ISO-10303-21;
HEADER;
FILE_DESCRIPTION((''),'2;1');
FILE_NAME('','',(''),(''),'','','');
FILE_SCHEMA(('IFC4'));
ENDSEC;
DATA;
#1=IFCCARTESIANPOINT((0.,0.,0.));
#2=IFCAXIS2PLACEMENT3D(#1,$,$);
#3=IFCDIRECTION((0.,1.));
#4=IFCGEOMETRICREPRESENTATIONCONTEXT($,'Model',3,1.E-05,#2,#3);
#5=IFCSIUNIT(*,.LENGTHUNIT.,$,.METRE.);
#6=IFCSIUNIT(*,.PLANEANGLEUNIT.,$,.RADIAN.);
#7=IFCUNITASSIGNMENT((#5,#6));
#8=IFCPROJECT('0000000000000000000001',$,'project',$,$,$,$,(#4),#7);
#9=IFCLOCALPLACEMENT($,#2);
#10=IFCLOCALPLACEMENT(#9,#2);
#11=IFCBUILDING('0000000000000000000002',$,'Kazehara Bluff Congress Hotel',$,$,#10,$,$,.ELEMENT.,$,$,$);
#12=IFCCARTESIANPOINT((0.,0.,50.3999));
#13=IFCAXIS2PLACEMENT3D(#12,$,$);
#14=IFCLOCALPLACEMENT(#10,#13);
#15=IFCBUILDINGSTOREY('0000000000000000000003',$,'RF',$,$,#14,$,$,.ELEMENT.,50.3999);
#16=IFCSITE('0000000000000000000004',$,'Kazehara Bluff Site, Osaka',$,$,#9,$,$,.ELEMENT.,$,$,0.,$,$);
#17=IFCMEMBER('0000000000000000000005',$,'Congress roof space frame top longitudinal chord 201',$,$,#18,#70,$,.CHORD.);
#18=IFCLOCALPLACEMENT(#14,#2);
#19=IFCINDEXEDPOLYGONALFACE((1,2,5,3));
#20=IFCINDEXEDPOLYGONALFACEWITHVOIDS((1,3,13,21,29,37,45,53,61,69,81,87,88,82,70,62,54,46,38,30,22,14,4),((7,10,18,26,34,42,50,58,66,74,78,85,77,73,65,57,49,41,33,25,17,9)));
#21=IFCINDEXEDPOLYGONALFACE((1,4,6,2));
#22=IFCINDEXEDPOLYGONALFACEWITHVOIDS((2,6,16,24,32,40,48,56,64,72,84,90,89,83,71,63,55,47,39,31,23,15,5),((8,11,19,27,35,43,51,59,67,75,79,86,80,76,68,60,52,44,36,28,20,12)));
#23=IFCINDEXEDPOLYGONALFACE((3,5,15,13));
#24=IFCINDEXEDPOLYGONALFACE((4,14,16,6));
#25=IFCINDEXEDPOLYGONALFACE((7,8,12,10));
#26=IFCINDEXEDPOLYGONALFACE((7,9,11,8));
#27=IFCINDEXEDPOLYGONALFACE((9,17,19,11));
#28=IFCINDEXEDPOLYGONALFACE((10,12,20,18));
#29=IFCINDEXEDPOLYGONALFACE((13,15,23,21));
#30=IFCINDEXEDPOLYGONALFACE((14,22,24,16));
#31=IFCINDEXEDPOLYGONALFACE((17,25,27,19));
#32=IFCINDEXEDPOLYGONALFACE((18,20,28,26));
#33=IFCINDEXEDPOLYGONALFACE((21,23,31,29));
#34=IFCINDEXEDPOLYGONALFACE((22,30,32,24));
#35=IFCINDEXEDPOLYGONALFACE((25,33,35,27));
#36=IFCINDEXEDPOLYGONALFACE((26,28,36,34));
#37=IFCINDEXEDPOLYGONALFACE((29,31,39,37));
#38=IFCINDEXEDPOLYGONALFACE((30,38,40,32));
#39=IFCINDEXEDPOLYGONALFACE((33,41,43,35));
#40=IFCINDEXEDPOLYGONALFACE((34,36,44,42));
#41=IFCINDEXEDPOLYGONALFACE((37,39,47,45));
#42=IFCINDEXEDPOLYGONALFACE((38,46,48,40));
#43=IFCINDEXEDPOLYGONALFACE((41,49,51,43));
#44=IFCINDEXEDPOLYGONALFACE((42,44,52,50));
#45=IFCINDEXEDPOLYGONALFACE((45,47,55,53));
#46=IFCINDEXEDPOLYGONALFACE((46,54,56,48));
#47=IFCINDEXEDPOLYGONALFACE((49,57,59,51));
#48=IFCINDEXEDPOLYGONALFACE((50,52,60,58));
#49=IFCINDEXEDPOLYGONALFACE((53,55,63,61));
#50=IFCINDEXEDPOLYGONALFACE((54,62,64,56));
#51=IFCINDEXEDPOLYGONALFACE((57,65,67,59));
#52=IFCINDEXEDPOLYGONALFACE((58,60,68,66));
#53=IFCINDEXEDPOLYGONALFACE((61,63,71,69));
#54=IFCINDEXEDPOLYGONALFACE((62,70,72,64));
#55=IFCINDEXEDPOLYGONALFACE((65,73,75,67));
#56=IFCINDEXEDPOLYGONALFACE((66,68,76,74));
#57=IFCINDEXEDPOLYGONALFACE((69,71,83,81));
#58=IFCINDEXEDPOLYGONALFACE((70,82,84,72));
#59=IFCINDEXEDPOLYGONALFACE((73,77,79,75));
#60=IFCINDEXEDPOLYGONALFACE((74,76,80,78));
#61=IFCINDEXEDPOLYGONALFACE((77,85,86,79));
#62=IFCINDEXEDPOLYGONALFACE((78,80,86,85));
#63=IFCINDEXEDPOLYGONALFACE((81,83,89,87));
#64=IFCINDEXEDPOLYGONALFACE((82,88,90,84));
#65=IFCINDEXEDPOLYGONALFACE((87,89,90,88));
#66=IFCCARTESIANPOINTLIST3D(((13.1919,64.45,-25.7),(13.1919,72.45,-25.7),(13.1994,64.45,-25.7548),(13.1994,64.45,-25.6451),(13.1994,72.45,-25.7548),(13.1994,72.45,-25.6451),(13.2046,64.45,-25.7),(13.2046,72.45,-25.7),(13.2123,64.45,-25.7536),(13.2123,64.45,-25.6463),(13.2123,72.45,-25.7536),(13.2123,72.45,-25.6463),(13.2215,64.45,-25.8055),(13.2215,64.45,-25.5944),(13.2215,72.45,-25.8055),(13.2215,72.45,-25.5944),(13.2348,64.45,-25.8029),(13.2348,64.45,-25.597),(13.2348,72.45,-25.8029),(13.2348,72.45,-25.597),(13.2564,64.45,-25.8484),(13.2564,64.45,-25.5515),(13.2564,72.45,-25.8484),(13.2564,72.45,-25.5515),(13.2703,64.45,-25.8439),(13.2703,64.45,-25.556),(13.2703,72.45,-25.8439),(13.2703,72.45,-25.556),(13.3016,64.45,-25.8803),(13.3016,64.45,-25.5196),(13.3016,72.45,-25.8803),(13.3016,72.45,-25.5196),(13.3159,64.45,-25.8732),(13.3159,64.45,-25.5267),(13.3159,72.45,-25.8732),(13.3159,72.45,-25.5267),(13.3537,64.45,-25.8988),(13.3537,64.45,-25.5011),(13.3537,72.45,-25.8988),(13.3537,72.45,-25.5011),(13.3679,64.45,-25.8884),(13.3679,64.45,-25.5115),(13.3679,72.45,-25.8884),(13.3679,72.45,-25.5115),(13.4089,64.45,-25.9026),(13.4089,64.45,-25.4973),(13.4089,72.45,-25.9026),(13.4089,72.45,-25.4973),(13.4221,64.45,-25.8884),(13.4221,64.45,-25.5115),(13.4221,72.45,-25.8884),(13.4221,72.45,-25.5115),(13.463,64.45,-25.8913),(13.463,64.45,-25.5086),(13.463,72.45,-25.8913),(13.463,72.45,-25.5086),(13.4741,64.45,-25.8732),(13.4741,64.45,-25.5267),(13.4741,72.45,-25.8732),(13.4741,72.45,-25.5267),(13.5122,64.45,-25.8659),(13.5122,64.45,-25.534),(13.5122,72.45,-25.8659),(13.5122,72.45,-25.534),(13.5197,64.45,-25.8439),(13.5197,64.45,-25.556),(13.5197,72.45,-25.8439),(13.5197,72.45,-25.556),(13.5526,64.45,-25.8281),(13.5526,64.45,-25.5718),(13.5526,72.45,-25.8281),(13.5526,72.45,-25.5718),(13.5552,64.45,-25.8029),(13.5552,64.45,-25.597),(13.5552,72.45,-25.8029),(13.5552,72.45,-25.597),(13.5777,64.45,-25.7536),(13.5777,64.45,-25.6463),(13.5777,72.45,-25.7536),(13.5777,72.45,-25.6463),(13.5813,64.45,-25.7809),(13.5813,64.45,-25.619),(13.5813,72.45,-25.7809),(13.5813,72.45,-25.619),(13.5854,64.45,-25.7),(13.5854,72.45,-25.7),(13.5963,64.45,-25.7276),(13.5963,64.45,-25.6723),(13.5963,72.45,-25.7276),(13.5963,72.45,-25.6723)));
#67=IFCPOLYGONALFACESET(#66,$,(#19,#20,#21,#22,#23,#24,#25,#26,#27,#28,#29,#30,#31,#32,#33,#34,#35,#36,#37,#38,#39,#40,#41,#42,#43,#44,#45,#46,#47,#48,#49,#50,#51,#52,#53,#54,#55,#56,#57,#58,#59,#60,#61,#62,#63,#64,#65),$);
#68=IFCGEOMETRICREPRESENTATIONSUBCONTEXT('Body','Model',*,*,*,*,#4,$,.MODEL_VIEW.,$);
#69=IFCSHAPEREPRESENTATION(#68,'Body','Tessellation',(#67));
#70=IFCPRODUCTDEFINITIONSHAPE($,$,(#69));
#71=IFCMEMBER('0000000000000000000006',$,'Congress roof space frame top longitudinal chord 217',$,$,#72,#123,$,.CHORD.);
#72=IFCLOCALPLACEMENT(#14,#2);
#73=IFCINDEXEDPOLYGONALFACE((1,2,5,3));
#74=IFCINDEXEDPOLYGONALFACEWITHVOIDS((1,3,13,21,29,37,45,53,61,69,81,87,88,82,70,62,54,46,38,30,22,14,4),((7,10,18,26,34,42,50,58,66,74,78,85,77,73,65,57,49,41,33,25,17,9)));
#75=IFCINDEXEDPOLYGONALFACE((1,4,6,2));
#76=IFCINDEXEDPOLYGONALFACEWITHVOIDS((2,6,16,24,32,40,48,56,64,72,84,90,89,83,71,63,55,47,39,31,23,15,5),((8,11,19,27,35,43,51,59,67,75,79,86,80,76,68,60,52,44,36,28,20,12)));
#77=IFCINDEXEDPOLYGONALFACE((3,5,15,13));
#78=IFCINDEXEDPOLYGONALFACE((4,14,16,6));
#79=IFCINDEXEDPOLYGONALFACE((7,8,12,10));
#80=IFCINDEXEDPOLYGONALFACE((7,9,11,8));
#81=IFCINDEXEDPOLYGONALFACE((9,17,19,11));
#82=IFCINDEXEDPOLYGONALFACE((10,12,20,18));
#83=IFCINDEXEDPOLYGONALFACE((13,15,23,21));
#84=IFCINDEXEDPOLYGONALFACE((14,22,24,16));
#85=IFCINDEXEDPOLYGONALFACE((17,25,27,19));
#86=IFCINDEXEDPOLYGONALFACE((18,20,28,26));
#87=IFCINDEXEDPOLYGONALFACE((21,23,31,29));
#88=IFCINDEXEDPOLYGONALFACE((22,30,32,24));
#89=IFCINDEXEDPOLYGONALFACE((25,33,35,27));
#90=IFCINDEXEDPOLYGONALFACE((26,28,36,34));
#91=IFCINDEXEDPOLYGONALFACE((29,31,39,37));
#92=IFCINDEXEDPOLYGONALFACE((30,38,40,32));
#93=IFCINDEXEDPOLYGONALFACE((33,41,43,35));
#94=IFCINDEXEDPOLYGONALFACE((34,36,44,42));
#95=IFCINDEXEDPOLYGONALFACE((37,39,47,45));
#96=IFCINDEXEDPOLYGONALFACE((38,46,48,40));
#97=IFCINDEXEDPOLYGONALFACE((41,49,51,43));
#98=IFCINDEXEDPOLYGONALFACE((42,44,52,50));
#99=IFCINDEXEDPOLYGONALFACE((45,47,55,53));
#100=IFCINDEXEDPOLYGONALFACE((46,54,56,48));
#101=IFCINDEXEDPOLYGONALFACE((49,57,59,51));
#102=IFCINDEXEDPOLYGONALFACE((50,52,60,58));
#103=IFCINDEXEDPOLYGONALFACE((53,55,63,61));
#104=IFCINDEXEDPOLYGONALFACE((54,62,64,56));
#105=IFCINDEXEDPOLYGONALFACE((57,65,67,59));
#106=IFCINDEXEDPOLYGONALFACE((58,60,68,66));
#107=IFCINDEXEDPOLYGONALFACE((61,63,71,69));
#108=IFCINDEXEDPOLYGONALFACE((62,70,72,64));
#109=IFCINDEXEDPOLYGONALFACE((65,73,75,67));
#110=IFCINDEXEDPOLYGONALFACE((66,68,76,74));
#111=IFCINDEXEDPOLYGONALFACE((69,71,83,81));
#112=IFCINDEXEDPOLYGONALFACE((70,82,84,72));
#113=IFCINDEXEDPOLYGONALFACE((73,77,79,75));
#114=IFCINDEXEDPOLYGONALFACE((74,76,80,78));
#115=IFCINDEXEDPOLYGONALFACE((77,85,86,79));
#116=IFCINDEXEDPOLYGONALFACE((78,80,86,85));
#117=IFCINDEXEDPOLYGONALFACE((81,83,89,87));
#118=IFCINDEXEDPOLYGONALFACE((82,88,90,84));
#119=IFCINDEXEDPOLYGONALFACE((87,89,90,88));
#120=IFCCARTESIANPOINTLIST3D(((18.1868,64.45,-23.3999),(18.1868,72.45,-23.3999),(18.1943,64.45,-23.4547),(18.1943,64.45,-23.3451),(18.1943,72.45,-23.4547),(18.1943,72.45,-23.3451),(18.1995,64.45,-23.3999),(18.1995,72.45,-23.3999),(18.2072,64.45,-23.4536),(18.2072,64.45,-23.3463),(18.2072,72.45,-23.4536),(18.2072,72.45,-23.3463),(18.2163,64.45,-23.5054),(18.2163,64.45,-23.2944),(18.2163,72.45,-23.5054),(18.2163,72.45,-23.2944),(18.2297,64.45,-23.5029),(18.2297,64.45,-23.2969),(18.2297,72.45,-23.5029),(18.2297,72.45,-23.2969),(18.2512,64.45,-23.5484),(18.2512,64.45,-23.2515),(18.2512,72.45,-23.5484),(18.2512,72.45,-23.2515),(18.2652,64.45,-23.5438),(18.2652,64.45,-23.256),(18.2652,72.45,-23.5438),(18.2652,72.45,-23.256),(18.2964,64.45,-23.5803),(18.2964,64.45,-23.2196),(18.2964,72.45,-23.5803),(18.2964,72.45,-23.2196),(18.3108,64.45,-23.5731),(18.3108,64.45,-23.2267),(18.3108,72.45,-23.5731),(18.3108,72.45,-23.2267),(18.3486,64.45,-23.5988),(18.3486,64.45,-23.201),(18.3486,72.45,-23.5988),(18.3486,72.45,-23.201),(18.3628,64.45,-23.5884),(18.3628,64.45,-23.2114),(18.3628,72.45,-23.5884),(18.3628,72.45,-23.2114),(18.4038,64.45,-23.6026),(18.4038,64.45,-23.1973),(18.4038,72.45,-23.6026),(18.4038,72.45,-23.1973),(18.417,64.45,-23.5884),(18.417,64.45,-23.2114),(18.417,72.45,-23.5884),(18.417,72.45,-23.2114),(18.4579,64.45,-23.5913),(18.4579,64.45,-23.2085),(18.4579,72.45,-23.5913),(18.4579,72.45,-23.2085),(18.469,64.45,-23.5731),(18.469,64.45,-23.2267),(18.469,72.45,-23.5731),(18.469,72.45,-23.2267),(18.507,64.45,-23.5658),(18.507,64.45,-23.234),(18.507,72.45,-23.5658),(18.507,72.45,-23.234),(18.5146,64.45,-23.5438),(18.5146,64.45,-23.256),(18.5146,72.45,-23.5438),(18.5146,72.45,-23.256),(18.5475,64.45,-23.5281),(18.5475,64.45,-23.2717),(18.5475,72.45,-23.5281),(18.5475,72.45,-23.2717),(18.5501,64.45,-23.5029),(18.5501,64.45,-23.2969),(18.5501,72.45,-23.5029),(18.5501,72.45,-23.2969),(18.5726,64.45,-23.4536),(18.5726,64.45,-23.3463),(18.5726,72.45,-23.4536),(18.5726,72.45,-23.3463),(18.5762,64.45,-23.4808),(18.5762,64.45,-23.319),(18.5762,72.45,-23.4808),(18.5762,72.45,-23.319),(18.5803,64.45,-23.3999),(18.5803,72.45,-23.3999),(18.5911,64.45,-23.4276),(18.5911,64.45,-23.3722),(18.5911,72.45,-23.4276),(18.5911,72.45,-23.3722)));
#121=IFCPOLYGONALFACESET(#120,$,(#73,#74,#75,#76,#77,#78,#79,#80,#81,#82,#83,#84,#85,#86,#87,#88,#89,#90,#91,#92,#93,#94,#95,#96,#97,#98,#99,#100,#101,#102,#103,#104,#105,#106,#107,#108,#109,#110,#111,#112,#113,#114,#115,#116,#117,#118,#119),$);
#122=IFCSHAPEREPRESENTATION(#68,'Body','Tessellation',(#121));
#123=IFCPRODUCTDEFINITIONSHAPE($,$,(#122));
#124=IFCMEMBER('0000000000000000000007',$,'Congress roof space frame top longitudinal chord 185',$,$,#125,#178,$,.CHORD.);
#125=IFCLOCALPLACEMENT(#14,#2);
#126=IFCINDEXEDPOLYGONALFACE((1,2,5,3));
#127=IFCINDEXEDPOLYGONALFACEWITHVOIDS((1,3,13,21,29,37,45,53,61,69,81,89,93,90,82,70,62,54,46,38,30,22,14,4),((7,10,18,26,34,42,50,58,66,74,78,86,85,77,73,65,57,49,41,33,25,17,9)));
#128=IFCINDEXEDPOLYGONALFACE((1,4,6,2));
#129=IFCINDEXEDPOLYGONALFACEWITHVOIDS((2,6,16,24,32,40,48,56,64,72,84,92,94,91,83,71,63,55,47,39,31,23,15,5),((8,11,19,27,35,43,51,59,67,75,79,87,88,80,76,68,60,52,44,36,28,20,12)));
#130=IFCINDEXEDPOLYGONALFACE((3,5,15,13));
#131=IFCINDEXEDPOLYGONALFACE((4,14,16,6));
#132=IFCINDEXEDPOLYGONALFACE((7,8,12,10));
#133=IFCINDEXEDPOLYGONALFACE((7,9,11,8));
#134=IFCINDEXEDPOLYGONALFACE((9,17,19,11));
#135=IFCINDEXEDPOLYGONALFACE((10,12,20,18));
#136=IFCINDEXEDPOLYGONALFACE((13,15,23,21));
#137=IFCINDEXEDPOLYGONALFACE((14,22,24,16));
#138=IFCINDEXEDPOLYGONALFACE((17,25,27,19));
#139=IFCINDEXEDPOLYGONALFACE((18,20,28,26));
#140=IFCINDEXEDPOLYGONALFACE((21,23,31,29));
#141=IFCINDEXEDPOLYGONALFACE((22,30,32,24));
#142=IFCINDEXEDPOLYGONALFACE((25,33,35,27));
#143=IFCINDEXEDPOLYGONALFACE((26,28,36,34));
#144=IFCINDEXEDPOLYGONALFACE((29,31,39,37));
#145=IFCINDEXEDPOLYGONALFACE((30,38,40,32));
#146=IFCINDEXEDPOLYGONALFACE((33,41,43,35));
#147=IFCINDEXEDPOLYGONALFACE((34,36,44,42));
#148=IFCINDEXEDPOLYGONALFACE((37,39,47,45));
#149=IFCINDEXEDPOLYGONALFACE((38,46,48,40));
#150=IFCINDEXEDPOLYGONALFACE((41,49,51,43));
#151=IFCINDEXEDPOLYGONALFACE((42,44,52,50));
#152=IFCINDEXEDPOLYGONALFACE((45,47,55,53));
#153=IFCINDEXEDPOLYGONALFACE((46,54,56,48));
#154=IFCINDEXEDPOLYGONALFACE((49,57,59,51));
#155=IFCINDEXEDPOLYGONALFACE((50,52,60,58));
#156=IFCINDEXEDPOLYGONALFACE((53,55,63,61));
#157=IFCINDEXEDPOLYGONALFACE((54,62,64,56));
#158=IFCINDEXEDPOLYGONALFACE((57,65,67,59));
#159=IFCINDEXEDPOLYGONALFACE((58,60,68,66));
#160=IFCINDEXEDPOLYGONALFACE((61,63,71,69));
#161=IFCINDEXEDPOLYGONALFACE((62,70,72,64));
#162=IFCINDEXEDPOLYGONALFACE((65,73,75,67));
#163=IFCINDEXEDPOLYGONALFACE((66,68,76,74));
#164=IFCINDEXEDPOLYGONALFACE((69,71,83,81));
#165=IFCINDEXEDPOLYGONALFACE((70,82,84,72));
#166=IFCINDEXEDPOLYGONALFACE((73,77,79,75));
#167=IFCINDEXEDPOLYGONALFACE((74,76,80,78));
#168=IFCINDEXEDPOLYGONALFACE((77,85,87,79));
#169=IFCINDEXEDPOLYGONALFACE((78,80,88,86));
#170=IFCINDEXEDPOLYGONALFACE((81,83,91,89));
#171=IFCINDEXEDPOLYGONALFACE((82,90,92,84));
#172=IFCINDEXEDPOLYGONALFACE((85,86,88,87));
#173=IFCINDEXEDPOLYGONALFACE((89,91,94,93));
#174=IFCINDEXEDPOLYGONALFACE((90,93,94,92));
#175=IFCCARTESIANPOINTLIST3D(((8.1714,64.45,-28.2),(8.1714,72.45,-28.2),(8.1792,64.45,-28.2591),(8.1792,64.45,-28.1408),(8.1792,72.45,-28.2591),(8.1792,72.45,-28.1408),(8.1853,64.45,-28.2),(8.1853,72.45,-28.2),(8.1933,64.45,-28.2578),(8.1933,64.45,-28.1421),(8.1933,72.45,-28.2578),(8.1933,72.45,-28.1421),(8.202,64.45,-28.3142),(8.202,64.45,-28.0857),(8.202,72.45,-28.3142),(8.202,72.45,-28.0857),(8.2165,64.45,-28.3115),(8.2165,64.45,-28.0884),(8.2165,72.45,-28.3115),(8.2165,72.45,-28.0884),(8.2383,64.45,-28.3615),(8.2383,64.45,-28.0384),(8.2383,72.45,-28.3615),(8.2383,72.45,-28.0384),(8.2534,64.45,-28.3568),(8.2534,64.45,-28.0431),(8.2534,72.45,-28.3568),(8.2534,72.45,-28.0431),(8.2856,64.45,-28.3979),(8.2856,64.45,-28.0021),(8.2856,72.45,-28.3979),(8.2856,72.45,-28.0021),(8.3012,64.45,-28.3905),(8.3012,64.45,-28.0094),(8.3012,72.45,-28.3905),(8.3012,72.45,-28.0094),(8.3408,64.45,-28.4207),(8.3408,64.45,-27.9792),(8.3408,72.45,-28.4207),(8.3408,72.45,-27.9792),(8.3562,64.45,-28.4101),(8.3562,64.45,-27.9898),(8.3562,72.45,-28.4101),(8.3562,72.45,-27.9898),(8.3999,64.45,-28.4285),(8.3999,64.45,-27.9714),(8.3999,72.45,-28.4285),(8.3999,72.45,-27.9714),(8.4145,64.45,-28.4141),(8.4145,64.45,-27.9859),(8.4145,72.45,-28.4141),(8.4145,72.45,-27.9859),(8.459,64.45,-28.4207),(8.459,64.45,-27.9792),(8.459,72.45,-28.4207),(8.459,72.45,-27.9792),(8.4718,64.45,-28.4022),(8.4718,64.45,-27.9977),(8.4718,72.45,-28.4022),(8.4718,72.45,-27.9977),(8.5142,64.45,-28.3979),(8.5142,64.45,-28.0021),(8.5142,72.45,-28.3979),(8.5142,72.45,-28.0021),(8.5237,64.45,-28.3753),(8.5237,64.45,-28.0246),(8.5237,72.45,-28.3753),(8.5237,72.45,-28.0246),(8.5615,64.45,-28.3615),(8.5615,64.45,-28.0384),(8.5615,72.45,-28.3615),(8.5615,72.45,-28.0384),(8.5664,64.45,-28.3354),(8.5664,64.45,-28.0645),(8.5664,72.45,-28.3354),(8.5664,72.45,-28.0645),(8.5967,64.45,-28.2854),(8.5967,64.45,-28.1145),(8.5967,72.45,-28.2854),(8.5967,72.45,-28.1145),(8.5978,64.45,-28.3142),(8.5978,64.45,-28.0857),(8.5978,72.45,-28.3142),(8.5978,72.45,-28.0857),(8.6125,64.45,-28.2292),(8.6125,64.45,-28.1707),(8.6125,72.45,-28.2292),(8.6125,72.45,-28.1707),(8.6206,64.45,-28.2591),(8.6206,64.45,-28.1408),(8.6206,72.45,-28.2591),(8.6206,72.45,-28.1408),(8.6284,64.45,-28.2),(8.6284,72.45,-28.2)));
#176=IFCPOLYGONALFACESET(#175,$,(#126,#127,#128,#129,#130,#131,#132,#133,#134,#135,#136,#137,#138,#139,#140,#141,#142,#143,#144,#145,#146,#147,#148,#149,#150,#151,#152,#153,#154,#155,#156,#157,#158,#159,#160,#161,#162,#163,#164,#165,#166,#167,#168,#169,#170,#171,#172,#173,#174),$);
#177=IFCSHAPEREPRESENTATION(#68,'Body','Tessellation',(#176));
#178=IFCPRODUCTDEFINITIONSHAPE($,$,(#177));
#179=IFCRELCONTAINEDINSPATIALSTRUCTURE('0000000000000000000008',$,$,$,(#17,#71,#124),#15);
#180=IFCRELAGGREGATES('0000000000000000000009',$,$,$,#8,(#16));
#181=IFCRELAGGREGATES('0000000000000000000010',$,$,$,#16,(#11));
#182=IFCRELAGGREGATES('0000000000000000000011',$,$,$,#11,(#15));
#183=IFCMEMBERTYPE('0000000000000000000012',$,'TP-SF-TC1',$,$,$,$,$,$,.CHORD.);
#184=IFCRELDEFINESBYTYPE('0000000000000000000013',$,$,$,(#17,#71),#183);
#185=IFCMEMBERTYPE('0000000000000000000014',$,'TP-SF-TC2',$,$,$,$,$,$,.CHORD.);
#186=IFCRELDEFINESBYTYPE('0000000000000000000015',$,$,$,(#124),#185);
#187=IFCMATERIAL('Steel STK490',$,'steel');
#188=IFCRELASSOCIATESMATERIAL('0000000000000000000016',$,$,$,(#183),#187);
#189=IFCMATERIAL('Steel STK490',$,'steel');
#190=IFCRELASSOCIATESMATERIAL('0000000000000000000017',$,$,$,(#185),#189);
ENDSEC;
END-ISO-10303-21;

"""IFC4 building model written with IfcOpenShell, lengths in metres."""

from ifc_helpers import new_model, si_unit, direction, frame, origin, origin_2d, place, context, subcontext, project, spatial, hollow_circle, extrude, material, material_profile, profile_set, type_object, element, save


model = new_model("IFC4")

# Units and contexts
model_context = context("Model", 3, precision=1e-05, world=origin(), true_north=direction((0.0, 1.0)))
body_context = subcontext(model_context, "Body", "Model", "MODEL_VIEW")
ifc_project = project(units=[si_unit("LENGTHUNIT", "METRE"), si_unit("PLANEANGLEUNIT", "RADIAN")], contexts=[model_context])

# Site, building, storey
site_placement = place(None, origin())
site = spatial("IfcSite", under=ifc_project, at=site_placement, Name="Kazehara Bluff Site, Osaka", CompositionType="ELEMENT", RefElevation=0.0)
building_placement = place(site_placement, origin())
building = spatial("IfcBuilding", under=site, at=building_placement, Name="Kazehara Bluff Congress Hotel", CompositionType="ELEMENT")
storey_placement = place(building_placement, frame((0.0, 0.0, 50.3999)))
storey = spatial("IfcBuildingStorey", under=building, at=storey_placement, Name="RF", CompositionType="ELEMENT", Elevation=50.3999)

# Members
ifc_material_1 = material(Name="Steel STK490", Category="steel")
ifc_material_profile_1 = material_profile(ifc_material_1, hollow_circle(Radius=0.2031, WallThickness=0.0127, at=origin_2d()))
ifc_profile_set_1 = profile_set([ifc_material_profile_1], Name="Steel STK490")
member_type_1 = type_object("IfcMemberType", Name="TP-SF-TC1", PredefinedType="CHORD", material=ifc_profile_set_1)
for number, where, z_axis, x_axis, name in (
    (1, (13.395, 64.45, -25.7), (0.0, 1.0, 0.0), (-1.0, 0.0, 0.0), "Congress roof space frame top longitudinal chord 201"),
    (2, (18.3899, 64.45, -23.3999), (0.0, 1.0, 0.0), (-1.0, 0.0, 0.0), "Congress roof space frame top longitudinal chord 217"),
):
    element("IfcMember", number, at=place(storey_placement, frame(where, z_axis=z_axis, x_axis=x_axis)), inside=storey, type_object=member_type_1, Name=name, PredefinedType="CHORD", context=body_context, shape_type="SweptSolid", body=[
        extrude(hollow_circle(Radius=0.2031, WallThickness=0.0127, at=origin_2d()), origin(), (0.0, 0.0, 1.0), 8.0),
    ])
ifc_material_2 = material(Name="Steel STK490", Category="steel")
ifc_material_profile_2 = material_profile(ifc_material_2, hollow_circle(Radius=0.2285, WallThickness=0.0139, at=origin_2d()))
ifc_profile_set_2 = profile_set([ifc_material_profile_2], Name="Steel STK490")
member_type_2 = type_object("IfcMemberType", Name="TP-SF-TC2", PredefinedType="CHORD", material=ifc_profile_set_2)
member_1_placement = place(storey_placement, frame((8.3999, 64.45, -28.2), z_axis=(0.0, 1.0, 0.0), x_axis=(-1.0, 0.0, 0.0)))
element("IfcMember", 3, at=member_1_placement, inside=storey, type_object=member_type_2, Name="Congress roof space frame top longitudinal chord 185", PredefinedType="CHORD", context=body_context, shape_type="SweptSolid", body=[
    extrude(hollow_circle(Radius=0.2285, WallThickness=0.0139, at=origin_2d()), origin(), (0.0, 0.0, 1.0), 8.0),
])

save(model, "model.ifc")
